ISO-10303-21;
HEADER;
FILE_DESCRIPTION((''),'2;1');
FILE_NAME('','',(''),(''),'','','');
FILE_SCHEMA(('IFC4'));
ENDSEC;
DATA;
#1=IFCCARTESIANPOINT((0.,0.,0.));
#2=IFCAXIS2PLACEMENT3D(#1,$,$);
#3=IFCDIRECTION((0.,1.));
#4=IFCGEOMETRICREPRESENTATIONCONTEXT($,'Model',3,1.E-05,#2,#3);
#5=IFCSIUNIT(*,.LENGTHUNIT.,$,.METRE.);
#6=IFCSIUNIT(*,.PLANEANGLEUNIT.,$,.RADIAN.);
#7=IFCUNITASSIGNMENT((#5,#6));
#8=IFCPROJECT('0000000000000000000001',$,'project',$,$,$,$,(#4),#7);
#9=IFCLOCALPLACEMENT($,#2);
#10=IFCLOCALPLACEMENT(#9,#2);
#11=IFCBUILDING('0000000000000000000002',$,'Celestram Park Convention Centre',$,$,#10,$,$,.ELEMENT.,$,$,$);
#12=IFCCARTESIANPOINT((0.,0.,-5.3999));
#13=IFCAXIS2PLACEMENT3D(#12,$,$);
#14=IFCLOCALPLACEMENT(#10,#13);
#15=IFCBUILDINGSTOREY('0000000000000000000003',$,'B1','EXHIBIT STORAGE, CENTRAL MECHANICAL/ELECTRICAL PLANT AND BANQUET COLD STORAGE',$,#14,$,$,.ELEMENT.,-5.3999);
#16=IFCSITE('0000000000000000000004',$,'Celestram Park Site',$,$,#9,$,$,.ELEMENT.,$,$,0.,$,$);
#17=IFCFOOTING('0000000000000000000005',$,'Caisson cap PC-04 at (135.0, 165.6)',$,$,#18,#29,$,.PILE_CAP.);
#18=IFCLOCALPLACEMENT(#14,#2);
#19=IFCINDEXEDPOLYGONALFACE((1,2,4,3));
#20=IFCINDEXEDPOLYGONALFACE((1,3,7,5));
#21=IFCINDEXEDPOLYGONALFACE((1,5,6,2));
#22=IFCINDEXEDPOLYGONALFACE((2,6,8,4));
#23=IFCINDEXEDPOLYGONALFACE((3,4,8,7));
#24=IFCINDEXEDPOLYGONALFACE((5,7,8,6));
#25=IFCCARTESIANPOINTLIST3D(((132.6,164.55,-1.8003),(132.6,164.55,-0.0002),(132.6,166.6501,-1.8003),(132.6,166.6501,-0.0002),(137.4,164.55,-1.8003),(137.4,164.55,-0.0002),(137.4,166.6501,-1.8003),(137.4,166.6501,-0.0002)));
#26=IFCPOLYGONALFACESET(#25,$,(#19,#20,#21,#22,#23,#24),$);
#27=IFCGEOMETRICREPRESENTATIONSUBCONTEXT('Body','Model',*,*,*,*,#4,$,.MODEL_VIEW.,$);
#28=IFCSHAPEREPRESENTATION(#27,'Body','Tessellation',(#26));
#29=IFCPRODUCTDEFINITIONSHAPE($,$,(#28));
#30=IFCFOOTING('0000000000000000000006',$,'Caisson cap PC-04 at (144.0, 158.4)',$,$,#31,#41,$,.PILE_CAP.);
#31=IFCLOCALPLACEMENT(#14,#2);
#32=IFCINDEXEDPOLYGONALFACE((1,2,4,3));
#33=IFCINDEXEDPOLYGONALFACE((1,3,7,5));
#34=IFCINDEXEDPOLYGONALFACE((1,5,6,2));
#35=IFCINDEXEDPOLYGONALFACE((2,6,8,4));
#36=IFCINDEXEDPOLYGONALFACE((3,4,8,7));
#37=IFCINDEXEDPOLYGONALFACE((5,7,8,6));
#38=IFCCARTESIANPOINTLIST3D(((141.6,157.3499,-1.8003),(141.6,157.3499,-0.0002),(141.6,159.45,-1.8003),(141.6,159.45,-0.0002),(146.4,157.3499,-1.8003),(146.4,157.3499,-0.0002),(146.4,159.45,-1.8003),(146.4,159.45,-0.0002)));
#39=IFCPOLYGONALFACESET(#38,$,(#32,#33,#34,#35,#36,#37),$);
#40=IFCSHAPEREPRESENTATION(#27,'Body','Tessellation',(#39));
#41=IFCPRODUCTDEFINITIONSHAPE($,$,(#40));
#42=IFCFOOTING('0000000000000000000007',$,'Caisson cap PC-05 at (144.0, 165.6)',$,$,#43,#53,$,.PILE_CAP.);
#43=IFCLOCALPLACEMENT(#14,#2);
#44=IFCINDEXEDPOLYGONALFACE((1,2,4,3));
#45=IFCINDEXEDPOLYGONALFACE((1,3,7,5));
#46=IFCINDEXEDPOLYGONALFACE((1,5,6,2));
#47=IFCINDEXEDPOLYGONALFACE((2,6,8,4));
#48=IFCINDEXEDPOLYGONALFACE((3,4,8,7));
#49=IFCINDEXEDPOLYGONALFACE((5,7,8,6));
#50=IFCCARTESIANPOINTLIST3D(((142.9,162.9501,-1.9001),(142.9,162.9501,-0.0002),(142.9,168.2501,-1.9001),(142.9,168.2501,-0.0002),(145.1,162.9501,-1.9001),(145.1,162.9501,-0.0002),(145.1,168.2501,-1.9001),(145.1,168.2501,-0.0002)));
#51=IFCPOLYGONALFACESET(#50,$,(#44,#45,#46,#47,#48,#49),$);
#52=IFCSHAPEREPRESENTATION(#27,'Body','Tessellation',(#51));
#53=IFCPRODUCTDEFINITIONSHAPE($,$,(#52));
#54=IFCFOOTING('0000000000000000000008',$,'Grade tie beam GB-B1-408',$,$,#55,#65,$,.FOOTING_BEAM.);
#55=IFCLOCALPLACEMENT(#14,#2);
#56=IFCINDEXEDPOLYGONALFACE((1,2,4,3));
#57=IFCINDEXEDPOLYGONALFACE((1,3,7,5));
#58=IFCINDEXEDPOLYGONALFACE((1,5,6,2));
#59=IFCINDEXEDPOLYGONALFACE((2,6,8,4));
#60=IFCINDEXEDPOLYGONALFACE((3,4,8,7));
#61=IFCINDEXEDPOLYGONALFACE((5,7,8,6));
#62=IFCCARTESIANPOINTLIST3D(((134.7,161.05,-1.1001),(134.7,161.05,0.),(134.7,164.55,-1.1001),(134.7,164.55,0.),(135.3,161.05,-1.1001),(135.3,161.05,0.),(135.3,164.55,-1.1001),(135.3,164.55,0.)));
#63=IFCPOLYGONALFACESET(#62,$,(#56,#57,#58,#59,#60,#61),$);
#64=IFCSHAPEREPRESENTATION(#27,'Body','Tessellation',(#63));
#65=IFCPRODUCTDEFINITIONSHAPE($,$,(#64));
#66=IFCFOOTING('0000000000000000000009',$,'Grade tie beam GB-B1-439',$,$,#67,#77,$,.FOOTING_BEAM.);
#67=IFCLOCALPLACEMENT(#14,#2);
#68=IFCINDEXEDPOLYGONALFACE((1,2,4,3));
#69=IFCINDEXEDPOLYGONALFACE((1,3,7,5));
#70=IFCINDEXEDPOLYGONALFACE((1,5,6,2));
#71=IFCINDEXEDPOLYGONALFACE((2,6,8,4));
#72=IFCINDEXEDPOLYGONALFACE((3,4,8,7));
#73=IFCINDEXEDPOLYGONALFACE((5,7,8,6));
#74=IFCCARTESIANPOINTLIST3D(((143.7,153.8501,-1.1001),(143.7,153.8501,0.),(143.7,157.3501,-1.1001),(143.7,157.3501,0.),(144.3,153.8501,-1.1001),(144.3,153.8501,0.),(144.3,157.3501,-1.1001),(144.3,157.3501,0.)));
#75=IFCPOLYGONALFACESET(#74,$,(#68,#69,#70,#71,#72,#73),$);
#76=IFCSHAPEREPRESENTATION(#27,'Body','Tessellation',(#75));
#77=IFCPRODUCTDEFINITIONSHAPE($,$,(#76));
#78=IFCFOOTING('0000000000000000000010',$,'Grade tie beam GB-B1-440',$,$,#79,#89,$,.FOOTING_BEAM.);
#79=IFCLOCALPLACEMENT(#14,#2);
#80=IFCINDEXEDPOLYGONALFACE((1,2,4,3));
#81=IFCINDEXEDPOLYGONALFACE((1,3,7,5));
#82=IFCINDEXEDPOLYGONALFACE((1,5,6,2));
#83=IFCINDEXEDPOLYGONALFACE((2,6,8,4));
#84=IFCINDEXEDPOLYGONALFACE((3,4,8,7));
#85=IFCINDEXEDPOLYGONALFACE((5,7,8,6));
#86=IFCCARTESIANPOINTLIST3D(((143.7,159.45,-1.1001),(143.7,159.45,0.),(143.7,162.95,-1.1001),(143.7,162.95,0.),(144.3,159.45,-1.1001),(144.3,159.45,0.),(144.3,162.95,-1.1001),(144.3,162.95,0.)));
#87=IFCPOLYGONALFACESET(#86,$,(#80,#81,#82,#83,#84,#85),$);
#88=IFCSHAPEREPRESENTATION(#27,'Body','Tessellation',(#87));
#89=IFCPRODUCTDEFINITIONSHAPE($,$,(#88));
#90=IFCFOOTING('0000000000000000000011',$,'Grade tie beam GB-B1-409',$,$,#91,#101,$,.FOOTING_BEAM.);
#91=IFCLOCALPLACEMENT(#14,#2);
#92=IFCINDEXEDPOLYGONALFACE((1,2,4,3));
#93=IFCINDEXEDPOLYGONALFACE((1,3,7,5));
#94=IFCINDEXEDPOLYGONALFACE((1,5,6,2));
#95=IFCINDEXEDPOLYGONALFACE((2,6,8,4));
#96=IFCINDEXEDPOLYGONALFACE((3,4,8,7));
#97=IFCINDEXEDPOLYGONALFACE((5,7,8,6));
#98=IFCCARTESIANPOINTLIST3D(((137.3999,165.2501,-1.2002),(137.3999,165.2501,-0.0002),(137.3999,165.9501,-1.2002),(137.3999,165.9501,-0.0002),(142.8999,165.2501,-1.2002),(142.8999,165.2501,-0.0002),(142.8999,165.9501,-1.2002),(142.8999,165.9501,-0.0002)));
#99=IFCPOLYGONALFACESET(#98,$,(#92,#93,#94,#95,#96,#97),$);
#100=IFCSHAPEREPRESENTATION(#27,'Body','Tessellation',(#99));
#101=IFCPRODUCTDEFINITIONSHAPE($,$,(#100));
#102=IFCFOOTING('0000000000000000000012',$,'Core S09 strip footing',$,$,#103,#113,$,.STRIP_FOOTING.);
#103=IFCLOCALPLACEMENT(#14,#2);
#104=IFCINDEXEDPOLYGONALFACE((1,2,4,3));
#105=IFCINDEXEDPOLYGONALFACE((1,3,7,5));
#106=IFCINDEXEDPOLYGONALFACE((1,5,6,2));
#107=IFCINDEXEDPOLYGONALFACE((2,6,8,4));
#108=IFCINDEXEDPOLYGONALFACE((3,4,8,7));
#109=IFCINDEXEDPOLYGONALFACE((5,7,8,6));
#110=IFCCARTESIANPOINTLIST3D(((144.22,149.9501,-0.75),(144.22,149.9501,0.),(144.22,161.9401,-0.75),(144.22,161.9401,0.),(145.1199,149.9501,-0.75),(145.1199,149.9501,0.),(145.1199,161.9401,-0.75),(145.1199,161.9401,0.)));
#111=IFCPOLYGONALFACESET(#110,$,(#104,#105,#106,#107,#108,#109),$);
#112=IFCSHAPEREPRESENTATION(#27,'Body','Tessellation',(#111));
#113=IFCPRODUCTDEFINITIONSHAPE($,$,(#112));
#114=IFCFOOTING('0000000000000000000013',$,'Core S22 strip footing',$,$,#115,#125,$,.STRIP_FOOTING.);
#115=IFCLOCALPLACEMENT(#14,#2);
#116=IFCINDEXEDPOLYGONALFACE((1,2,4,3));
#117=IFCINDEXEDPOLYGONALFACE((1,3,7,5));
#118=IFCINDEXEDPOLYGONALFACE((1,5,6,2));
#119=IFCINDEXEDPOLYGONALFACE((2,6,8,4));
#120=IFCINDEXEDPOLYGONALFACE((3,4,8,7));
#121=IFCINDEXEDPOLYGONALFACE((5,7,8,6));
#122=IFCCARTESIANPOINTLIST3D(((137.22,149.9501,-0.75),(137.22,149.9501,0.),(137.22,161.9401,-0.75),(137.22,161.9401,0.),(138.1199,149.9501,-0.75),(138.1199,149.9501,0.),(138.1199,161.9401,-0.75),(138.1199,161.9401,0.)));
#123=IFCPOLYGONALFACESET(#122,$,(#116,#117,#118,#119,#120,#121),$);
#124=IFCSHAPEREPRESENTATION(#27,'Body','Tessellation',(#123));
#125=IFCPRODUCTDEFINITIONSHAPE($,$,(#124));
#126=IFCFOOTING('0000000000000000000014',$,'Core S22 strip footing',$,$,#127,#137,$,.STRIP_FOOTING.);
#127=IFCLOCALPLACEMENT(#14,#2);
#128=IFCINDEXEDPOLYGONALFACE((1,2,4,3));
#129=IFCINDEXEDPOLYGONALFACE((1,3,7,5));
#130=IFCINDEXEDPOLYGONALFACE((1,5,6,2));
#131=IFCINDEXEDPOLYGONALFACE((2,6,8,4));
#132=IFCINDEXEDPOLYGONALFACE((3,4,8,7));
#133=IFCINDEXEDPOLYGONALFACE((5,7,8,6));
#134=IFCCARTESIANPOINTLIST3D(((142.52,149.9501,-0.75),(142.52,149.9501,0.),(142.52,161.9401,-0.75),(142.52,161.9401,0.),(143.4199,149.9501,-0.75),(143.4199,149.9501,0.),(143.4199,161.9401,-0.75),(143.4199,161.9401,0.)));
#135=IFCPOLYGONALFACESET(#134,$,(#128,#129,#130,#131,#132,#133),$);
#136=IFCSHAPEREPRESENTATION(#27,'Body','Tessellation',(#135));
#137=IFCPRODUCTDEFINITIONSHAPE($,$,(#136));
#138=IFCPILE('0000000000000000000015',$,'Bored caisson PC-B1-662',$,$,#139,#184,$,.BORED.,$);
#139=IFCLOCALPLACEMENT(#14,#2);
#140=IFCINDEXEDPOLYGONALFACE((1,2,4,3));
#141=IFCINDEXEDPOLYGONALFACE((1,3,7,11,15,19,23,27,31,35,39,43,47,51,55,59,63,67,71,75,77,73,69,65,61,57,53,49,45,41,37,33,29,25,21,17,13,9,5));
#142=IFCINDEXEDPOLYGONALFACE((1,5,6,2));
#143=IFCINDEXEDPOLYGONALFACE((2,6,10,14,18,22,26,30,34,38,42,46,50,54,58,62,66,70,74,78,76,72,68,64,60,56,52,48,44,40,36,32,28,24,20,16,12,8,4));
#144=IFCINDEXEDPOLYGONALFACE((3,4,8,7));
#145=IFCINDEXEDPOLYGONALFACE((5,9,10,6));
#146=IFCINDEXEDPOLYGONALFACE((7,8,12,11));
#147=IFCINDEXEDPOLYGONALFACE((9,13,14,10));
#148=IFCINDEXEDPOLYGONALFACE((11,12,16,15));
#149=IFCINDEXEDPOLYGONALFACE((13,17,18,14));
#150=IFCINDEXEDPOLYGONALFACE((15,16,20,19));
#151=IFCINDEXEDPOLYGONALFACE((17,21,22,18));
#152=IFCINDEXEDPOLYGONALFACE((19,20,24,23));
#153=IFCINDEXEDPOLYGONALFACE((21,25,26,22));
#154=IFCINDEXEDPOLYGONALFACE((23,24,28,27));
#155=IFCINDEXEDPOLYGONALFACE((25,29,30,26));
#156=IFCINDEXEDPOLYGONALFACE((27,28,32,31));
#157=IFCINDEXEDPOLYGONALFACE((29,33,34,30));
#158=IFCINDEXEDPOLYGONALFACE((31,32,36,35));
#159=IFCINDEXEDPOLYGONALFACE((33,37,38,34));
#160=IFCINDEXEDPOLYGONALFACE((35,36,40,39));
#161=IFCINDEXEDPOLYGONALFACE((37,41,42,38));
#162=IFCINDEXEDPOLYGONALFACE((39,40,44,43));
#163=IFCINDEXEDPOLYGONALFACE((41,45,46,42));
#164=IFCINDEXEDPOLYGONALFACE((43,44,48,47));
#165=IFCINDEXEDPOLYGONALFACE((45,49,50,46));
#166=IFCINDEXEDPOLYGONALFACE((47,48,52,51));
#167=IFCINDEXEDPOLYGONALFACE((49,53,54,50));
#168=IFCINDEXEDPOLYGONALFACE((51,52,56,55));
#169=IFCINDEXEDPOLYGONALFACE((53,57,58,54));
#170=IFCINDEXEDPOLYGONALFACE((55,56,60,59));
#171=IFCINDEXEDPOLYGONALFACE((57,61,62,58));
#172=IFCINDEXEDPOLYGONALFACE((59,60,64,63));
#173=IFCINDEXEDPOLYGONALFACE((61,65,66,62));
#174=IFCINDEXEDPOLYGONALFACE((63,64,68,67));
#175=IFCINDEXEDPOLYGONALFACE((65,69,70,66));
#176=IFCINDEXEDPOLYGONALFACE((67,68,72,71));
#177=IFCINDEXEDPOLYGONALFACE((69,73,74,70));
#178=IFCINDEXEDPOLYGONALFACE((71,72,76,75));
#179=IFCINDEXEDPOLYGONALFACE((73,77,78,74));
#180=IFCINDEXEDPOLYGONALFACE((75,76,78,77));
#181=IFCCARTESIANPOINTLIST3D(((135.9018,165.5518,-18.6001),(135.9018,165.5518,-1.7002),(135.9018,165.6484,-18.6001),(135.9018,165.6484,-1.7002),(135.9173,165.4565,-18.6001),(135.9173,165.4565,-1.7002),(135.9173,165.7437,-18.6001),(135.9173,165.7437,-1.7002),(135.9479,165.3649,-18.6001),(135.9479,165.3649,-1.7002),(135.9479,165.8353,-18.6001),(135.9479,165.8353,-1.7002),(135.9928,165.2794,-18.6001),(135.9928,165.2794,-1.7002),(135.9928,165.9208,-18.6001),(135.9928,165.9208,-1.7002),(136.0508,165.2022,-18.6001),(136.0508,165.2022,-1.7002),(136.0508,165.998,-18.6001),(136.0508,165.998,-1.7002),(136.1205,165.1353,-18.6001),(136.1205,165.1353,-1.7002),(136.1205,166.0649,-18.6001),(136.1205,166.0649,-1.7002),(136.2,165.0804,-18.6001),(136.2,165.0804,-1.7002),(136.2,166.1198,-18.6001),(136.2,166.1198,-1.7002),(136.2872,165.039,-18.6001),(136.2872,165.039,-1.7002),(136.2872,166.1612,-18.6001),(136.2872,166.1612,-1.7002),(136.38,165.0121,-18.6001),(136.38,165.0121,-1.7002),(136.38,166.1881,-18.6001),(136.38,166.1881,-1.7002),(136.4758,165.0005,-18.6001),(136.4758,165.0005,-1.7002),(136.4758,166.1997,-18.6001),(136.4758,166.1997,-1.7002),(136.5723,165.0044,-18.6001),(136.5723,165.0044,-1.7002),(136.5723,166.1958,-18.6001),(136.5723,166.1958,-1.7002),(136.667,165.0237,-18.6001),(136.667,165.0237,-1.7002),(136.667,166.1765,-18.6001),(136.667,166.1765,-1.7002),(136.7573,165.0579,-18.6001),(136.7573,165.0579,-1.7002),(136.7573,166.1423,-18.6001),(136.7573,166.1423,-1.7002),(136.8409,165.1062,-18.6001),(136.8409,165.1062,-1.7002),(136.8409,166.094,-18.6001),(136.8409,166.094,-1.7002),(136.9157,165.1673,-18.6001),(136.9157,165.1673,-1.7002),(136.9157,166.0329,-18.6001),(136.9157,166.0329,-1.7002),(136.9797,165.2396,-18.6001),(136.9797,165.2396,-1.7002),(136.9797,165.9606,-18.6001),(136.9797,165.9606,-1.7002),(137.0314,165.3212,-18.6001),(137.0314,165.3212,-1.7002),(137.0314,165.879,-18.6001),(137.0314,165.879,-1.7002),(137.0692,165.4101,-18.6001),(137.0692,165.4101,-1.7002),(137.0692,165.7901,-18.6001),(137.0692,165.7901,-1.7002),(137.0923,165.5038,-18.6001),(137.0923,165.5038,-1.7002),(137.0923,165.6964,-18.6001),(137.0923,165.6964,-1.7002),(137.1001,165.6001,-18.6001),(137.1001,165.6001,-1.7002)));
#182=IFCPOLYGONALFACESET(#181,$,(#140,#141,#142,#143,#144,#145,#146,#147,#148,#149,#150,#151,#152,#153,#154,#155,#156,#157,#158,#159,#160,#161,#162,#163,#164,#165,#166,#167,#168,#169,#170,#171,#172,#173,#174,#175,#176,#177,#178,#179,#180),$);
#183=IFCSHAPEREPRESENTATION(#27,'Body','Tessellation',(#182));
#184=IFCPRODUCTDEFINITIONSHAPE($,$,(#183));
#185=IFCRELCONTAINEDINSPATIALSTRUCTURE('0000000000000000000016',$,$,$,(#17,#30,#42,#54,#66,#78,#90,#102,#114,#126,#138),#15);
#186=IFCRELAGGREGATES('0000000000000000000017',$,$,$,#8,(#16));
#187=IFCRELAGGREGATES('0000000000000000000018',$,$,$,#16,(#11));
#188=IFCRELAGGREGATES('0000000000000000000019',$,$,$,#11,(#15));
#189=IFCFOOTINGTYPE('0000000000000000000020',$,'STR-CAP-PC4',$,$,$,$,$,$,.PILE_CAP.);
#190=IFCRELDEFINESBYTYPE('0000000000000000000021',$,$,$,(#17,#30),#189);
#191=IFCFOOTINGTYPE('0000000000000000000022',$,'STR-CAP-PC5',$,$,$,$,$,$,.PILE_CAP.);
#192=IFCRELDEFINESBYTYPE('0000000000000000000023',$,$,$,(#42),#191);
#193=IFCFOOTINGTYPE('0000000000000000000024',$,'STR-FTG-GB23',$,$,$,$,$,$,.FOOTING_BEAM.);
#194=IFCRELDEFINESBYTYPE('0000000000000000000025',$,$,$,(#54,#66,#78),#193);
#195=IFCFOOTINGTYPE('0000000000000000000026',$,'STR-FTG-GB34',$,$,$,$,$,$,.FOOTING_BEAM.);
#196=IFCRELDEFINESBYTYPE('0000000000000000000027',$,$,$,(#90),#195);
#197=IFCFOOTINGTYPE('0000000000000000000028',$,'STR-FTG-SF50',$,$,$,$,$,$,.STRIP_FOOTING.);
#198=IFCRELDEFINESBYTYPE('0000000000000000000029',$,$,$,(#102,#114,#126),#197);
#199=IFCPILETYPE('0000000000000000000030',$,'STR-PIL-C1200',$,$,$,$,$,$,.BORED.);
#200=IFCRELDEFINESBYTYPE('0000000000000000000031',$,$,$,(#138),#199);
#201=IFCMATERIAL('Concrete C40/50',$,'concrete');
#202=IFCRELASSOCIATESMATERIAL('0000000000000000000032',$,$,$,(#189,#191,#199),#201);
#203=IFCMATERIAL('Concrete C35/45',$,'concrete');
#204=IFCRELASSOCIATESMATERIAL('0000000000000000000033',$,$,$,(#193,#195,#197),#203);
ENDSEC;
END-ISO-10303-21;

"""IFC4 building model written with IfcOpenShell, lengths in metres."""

from ifc_helpers import new_model, si_unit, direction, frame, origin, origin_2d, place, context, subcontext, project, spatial, rectangle, circle, extrude, material, material_profile, profile_set, type_object, element, save


model = new_model("IFC4")

# Units and contexts
model_context = context("Model", 3, precision=1e-05, world=origin(), true_north=direction((0.0, 1.0)))
body_context = subcontext(model_context, "Body", "Model", "MODEL_VIEW")
ifc_project = project(units=[si_unit("LENGTHUNIT", "METRE"), si_unit("PLANEANGLEUNIT", "RADIAN")], contexts=[model_context])

# Site, building, storey
site_placement = place(None, origin())
site = spatial("IfcSite", under=ifc_project, at=site_placement, Name="Celestram Park Site", CompositionType="ELEMENT", RefElevation=0.0)
building_placement = place(site_placement, origin())
building = spatial("IfcBuilding", under=site, at=building_placement, Name="Celestram Park Convention Centre", CompositionType="ELEMENT")
storey_placement = place(building_placement, frame((0.0, 0.0, -5.3999)))
storey = spatial("IfcBuildingStorey", under=building, at=storey_placement, Name="B1", Description="EXHIBIT STORAGE, CENTRAL MECHANICAL/ELECTRICAL PLANT AND BANQUET COLD STORAGE", CompositionType="ELEMENT", Elevation=-5.3999)

# Footings
ifc_material_1 = material(Name="Concrete C40/50", Category="concrete")
footing_type_1 = type_object("IfcFootingType", Name="STR-CAP-PC4", PredefinedType="PILE_CAP", material=ifc_material_1)
for number, where, z_axis, x_axis, name in (
    (1, (135.0, 165.6001, -1.8003), (0.0, 0.0, 1.0), (1.0, 0.0, 0.0), "Caisson cap PC-04 at (135.0, 165.6)"),
    (2, (144.0, 158.3999, -1.8003), (0.0, 0.0, 1.0), (1.0, 0.0, 0.0), "Caisson cap PC-04 at (144.0, 158.4)"),
):
    element("IfcFooting", number, at=place(storey_placement, frame(where, z_axis=z_axis, x_axis=x_axis)), inside=storey, type_object=footing_type_1, Name=name, PredefinedType="PILE_CAP", context=body_context, shape_type="SweptSolid", body=[
        extrude(rectangle(XDim=4.8, YDim=2.1001, at=origin_2d()), origin(), (0.0, 0.0, 1.0), 1.8),
    ])
footing_type_2 = type_object("IfcFootingType", Name="STR-CAP-PC5", PredefinedType="PILE_CAP", material=ifc_material_1)
footing_1_placement = place(storey_placement, frame((144.0, 165.6001, -1.9001), z_axis=(0.0, 0.0, 1.0), x_axis=(1.0, 0.0, 0.0)))
element("IfcFooting", 3, at=footing_1_placement, inside=storey, type_object=footing_type_2, Name="Caisson cap PC-05 at (144.0, 165.6)", PredefinedType="PILE_CAP", context=body_context, shape_type="SweptSolid", body=[
    extrude(rectangle(XDim=2.2, YDim=5.3, at=origin_2d()), origin(), (0.0, 0.0, 1.0), 1.8999),
])
ifc_material_2 = material(Name="Concrete C35/45", Category="concrete")
footing_type_3 = type_object("IfcFootingType", Name="STR-FTG-GB23", PredefinedType="FOOTING_BEAM", material=ifc_material_2)
for number, where, z_axis, x_axis, name in (
    (4, (135.0, 162.8, -1.1001), (0.0, 0.0, 1.0), (0.0, 1.0, 0.0), "Grade tie beam GB-B1-408"),
    (5, (144.0, 155.6001, -1.1001), (0.0, 0.0, 1.0), (0.0, 1.0, 0.0), "Grade tie beam GB-B1-439"),
    (6, (144.0, 161.2, -1.1001), (0.0, 0.0, 1.0), (0.0, 1.0, 0.0), "Grade tie beam GB-B1-440"),
):
    element("IfcFooting", number, at=place(storey_placement, frame(where, z_axis=z_axis, x_axis=x_axis)), inside=storey, type_object=footing_type_3, Name=name, PredefinedType="FOOTING_BEAM", context=body_context, shape_type="SweptSolid", body=[
        extrude(rectangle(XDim=3.5, YDim=0.6001, at=origin_2d()), origin(), (0.0, 0.0, 1.0), 1.1001),
    ])
footing_type_4 = type_object("IfcFootingType", Name="STR-FTG-GB34", PredefinedType="FOOTING_BEAM", material=ifc_material_2)
footing_2_placement = place(storey_placement, frame((140.1499, 165.6001, -1.2002), z_axis=(0.0, 0.0, 1.0), x_axis=(1.0, 0.0, 0.0)))
element("IfcFooting", 7, at=footing_2_placement, inside=storey, type_object=footing_type_4, Name="Grade tie beam GB-B1-409", PredefinedType="FOOTING_BEAM", context=body_context, shape_type="SweptSolid", body=[
    extrude(rectangle(XDim=5.5, YDim=0.7, at=origin_2d()), origin(), (0.0, 0.0, 1.0), 1.2),
])
footing_type_5 = type_object("IfcFootingType", Name="STR-FTG-SF50", PredefinedType="STRIP_FOOTING", material=ifc_material_2)
for number, where, z_axis, x_axis, name in (
    (8, (144.6699, 155.9451, -0.75), (0.0, 0.0, 1.0), (0.0, 1.0, 0.0), "Core S09 strip footing"),
    (9, (137.6699, 155.9451, -0.75), (0.0, 0.0, 1.0), (0.0, 1.0, 0.0), "Core S22 strip footing"),
    (10, (142.97, 155.9451, -0.75), (0.0, 0.0, 1.0), (0.0, 1.0, 0.0), "Core S22 strip footing"),
):
    element("IfcFooting", number, at=place(storey_placement, frame(where, z_axis=z_axis, x_axis=x_axis)), inside=storey, type_object=footing_type_5, Name=name, PredefinedType="STRIP_FOOTING", context=body_context, shape_type="SweptSolid", body=[
        extrude(rectangle(XDim=11.99, YDim=0.8999, at=origin_2d()), origin(), (0.0, 0.0, 1.0), 0.75),
    ])

# Pile
ifc_material_profile_1 = material_profile(ifc_material_1, circle(Radius=0.6001, at=origin_2d()), Name="CAISSON1200")
ifc_profile_set_1 = profile_set([ifc_material_profile_1], Name="Concrete C40/50")
pile_type_1 = type_object("IfcPileType", Name="STR-PIL-C1200", PredefinedType="BORED", material=ifc_profile_set_1)
for number, where, z_axis, x_axis, name in (
    (11, (136.5, 165.6001, -1.7002), (0.0, 0.0, -1.0), (1.0, 0.0, 0.0), "Bored caisson PC-B1-662"),
):
    element("IfcPile", number, at=place(storey_placement, frame(where, z_axis=z_axis, x_axis=x_axis)), inside=storey, type_object=pile_type_1, Name=name, PredefinedType="BORED", context=body_context, shape_type="SweptSolid", body=[
        extrude(circle(Radius=0.6001, at=origin_2d()), origin(), (0.0, 0.0, 1.0), 16.8999),
    ])

save(model, "model.ifc")
